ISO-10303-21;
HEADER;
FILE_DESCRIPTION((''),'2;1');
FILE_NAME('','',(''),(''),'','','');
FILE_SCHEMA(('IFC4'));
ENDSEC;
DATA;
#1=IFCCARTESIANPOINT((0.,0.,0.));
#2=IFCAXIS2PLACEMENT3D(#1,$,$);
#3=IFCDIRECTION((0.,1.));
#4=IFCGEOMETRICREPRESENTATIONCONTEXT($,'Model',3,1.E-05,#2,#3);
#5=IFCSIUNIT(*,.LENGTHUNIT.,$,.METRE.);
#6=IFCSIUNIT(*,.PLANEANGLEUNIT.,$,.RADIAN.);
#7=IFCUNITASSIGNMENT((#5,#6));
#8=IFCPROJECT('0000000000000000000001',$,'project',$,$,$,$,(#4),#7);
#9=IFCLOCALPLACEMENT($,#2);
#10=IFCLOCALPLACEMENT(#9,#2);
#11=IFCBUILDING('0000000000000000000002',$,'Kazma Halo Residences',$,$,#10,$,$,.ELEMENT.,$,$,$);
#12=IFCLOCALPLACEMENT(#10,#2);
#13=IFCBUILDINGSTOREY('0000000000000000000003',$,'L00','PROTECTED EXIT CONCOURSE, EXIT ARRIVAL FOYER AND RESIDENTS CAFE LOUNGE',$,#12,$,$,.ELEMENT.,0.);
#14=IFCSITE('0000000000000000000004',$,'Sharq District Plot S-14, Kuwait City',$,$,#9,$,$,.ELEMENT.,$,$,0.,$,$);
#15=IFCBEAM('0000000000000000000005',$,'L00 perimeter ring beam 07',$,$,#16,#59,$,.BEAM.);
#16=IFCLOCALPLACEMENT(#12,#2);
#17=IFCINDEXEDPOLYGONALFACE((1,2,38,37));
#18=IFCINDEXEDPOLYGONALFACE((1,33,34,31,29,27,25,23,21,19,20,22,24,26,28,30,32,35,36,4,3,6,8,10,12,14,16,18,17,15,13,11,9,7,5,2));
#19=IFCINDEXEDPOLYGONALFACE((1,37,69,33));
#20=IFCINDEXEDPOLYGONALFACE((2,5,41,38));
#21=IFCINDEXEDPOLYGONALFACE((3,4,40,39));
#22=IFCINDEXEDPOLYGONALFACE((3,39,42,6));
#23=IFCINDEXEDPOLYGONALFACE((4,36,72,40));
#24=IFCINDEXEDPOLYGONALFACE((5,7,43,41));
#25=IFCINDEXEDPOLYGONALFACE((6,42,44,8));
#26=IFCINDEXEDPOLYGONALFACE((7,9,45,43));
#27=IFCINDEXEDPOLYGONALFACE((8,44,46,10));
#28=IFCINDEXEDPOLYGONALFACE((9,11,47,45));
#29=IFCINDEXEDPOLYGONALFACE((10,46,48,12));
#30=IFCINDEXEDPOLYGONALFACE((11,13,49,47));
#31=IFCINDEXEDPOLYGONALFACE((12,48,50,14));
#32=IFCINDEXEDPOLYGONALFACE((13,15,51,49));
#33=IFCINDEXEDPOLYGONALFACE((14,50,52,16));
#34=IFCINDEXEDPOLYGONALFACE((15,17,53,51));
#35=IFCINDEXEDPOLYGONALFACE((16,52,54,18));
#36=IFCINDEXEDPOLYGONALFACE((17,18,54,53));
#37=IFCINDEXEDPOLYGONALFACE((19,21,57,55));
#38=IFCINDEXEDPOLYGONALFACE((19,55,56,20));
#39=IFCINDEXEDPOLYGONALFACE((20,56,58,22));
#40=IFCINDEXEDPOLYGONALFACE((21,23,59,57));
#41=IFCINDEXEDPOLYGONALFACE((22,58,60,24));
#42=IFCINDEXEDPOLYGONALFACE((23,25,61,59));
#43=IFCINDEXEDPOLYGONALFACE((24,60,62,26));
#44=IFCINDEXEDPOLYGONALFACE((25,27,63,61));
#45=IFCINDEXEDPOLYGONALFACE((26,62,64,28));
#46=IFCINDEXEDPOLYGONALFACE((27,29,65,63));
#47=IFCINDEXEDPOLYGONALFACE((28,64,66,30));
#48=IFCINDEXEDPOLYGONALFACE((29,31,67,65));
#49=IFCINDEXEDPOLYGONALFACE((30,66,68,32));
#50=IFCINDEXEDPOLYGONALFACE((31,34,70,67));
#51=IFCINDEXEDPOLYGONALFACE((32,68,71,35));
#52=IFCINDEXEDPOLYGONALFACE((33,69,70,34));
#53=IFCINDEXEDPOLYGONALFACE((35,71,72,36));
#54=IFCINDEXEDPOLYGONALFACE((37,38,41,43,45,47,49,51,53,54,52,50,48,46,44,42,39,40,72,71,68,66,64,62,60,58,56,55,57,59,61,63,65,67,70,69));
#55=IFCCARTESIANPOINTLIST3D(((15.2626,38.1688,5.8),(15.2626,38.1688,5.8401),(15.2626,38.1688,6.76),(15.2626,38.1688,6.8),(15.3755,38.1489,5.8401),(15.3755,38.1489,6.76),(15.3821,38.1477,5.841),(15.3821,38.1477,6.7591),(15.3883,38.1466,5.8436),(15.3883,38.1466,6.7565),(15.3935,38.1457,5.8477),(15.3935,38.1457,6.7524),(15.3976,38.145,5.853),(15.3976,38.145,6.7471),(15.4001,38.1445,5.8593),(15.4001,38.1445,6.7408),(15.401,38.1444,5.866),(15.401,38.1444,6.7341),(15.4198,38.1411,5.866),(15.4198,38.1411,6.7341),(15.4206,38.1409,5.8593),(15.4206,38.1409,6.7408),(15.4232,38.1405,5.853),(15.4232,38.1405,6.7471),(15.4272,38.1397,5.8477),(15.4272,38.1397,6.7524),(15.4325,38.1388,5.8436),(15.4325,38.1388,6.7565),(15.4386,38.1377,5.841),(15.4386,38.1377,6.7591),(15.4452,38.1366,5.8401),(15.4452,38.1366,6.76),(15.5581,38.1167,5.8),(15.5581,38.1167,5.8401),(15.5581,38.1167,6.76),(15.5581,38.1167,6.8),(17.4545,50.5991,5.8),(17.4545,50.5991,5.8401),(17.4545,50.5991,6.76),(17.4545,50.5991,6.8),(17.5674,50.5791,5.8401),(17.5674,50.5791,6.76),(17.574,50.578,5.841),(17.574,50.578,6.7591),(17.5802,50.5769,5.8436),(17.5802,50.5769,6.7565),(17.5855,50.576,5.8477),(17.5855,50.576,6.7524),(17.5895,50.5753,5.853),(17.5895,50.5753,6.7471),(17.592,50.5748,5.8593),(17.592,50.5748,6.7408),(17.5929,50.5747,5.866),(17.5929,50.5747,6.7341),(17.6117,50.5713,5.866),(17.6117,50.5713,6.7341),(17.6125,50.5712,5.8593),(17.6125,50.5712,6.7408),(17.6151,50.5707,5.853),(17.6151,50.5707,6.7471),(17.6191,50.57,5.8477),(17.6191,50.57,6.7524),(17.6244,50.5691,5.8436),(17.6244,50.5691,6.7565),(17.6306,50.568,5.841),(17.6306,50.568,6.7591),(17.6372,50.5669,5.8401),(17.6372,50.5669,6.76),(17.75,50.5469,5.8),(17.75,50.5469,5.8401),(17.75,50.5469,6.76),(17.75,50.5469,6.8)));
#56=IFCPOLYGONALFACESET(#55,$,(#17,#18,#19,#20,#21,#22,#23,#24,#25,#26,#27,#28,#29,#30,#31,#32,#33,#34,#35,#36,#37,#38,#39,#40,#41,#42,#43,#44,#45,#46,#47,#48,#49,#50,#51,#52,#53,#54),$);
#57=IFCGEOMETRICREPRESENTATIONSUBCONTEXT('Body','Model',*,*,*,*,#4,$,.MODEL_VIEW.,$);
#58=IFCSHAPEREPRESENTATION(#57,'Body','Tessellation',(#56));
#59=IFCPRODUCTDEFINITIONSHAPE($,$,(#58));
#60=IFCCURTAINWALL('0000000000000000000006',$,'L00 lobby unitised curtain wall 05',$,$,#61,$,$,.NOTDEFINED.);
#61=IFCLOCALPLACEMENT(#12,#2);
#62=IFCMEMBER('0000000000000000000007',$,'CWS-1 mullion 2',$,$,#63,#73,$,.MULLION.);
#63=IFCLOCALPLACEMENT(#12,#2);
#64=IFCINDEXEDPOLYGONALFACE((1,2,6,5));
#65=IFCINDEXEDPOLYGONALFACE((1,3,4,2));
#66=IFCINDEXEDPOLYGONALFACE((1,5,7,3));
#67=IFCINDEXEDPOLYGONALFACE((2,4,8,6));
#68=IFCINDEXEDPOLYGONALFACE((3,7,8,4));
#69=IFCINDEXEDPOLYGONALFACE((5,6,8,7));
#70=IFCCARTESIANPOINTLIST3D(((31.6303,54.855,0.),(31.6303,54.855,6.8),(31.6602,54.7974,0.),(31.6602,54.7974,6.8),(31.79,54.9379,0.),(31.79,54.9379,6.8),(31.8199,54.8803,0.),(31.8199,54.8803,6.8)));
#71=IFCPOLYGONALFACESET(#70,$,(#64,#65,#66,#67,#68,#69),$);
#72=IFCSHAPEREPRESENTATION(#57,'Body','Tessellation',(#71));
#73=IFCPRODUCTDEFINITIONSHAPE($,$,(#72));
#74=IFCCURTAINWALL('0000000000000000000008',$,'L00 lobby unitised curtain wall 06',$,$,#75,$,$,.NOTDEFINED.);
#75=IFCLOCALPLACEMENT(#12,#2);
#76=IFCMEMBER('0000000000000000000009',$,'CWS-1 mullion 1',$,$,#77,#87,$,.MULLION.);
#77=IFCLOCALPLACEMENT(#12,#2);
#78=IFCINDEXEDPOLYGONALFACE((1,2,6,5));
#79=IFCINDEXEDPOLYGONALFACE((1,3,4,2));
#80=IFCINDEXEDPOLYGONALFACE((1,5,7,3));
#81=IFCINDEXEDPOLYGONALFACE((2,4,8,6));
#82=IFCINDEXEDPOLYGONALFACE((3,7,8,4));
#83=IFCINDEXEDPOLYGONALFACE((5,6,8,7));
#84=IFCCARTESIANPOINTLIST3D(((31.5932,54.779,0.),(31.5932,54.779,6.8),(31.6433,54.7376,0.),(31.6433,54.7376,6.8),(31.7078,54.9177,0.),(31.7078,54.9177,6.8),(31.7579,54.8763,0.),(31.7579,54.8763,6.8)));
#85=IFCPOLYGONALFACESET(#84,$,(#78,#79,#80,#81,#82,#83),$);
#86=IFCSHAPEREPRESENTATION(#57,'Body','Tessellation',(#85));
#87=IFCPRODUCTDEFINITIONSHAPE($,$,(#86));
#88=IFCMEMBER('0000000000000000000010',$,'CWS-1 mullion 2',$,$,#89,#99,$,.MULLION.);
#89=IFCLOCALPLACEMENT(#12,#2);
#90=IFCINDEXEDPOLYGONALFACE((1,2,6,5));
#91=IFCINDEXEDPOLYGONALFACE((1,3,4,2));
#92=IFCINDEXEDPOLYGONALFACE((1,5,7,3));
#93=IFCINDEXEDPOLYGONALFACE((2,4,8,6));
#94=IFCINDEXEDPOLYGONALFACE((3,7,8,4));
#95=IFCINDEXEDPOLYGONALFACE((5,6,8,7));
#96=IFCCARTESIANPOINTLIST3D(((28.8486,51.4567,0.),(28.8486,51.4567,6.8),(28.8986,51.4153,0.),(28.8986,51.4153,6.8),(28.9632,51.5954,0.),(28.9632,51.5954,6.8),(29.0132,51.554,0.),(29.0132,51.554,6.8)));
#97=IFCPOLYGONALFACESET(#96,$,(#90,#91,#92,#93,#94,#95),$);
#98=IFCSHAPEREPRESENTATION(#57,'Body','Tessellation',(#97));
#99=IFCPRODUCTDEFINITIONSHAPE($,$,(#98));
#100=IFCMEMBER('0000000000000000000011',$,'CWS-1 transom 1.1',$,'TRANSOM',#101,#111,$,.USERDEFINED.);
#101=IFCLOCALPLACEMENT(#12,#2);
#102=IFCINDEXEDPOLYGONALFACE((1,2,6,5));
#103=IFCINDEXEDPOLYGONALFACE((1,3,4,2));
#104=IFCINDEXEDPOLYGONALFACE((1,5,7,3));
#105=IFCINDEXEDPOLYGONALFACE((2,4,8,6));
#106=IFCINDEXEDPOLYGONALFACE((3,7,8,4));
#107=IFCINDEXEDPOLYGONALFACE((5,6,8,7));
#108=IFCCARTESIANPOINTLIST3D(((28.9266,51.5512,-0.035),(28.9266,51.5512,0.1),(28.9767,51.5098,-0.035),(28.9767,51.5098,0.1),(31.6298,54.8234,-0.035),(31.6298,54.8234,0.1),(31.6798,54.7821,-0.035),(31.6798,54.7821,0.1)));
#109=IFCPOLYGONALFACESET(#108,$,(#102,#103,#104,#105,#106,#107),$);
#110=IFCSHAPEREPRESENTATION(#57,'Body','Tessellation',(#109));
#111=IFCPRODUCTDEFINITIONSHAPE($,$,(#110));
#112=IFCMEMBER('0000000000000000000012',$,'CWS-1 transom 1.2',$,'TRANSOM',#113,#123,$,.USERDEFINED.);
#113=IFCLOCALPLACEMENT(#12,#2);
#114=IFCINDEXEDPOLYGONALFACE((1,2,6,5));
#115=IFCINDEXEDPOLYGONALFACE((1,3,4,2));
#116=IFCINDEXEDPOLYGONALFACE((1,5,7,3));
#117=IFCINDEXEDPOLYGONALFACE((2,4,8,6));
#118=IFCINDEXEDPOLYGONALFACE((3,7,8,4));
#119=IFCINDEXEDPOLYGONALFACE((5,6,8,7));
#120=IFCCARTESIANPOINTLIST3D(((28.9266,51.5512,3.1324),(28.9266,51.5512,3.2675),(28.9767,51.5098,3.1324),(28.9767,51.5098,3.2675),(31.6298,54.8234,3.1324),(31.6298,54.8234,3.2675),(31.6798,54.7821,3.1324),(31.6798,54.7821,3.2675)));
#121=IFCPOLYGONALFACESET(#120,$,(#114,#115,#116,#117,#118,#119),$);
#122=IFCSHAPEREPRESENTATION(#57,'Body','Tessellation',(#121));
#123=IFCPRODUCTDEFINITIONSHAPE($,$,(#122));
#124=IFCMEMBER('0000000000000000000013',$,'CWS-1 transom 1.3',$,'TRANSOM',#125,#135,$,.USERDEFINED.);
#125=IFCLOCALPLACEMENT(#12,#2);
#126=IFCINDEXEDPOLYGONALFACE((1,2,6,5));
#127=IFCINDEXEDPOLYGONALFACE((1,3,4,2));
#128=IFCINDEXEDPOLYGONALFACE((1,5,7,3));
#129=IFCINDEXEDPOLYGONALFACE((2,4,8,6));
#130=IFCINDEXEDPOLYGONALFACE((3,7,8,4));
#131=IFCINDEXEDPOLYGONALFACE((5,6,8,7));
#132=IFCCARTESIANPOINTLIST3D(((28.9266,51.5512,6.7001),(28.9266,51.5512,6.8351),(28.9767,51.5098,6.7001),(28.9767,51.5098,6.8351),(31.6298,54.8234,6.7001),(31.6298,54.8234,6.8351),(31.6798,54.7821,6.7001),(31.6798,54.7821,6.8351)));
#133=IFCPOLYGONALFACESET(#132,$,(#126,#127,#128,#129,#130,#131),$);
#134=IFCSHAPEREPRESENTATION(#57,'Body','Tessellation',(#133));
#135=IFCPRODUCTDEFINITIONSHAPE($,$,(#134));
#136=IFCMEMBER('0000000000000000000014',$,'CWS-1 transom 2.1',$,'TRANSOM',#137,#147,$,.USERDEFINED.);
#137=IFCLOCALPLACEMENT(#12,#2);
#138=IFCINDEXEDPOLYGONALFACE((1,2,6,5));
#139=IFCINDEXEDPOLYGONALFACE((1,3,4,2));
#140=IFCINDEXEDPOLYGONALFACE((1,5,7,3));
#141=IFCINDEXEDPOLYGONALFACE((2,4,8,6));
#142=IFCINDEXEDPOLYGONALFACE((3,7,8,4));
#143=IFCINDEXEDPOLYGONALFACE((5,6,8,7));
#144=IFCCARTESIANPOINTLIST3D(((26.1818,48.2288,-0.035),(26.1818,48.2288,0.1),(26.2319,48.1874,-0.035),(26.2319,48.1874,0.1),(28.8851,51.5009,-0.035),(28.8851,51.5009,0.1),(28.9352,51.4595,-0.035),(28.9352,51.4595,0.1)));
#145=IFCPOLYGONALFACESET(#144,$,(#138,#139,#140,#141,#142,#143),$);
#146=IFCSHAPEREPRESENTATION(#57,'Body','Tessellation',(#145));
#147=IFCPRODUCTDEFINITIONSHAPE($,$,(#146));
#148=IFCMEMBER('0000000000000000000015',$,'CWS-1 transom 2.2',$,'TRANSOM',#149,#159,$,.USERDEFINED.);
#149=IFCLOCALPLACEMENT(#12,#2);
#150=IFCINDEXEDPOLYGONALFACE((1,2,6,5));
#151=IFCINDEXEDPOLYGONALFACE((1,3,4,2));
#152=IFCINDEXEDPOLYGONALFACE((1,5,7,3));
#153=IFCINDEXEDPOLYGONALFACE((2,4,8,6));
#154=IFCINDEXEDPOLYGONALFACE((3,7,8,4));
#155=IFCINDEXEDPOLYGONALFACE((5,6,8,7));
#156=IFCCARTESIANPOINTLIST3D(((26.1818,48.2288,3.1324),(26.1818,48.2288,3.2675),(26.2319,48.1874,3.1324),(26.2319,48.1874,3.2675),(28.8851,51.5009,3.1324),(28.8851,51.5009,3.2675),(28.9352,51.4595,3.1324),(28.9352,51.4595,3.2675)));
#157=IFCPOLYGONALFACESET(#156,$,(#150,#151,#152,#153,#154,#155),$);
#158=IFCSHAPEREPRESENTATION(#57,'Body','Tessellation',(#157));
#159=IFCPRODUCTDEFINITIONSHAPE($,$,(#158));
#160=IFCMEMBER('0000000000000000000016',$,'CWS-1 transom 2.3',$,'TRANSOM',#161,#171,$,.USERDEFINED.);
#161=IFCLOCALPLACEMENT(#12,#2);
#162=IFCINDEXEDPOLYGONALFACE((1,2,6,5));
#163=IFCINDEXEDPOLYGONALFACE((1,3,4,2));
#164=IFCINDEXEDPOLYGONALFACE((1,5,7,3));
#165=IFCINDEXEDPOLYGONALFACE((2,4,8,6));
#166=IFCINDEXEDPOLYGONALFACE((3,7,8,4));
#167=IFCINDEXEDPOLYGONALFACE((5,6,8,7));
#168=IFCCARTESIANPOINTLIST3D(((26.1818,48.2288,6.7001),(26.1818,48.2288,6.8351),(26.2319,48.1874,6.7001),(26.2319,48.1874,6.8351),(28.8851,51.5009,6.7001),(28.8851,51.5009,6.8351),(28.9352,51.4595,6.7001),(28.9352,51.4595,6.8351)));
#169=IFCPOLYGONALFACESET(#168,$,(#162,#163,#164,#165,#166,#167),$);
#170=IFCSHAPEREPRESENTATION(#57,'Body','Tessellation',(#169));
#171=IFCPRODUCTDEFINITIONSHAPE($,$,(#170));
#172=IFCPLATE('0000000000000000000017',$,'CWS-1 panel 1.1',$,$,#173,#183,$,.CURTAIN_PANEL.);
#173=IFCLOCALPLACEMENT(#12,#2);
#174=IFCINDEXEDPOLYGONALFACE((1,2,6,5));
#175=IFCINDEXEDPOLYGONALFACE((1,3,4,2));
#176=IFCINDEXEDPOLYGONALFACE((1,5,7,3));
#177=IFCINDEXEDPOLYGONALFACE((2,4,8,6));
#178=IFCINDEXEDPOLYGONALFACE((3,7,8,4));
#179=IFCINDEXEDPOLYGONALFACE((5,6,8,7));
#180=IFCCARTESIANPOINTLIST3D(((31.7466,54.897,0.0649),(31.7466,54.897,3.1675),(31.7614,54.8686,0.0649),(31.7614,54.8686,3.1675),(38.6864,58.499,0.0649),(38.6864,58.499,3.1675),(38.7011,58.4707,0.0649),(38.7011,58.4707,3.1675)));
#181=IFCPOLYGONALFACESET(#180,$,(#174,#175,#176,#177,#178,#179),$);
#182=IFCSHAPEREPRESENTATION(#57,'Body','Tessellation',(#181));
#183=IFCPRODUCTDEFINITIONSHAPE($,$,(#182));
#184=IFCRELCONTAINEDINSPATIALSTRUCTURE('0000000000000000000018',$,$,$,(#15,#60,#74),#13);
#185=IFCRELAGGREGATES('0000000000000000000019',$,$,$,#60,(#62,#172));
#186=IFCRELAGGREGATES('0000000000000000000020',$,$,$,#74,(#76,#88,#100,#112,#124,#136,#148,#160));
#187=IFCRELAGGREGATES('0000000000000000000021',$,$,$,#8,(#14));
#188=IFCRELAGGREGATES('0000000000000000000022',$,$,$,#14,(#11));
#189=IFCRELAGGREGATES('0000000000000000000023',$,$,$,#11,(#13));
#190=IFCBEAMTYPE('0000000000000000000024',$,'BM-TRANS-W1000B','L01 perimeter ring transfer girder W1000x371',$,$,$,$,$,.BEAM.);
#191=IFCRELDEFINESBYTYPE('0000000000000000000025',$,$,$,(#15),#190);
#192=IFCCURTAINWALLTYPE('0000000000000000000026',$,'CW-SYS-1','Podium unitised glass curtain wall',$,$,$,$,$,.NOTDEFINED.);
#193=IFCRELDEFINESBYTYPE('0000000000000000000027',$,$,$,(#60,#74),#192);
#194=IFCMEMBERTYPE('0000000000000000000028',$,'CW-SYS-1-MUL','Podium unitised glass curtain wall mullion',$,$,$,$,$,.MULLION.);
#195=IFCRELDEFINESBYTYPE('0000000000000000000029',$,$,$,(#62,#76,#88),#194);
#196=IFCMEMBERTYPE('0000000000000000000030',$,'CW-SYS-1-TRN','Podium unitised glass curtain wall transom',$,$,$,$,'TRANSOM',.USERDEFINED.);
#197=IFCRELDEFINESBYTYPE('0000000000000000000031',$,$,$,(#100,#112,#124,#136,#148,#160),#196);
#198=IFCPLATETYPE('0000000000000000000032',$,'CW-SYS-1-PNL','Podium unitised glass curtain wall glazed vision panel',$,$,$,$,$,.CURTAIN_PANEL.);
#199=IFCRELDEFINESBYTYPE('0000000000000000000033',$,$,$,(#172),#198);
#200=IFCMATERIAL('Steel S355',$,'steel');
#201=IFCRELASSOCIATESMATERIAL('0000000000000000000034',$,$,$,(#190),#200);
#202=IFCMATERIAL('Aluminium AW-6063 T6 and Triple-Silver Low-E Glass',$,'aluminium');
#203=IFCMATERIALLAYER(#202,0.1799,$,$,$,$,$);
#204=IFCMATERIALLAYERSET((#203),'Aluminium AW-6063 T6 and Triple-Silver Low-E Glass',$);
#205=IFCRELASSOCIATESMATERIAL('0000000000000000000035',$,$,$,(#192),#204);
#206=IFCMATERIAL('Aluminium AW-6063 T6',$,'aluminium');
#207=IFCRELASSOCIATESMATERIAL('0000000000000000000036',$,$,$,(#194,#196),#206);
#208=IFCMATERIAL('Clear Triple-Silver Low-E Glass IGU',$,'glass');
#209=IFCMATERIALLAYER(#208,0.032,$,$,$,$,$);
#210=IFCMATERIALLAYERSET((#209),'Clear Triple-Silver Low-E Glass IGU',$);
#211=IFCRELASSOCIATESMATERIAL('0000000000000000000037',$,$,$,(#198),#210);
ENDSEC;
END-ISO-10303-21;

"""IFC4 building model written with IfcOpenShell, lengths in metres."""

from ifc_helpers import new_model, si_unit, direction, frame, origin, origin_2d, place, context, subcontext, project, spatial, rectangle, i_section, extrude, material, layer, layer_set, material_profile, profile_set, type_object, element, aggregate, save


model = new_model("IFC4")

# Units and contexts
model_context = context("Model", 3, precision=1e-05, world=origin(), true_north=direction((0.0, 1.0)))
body_context = subcontext(model_context, "Body", "Model", "MODEL_VIEW")
ifc_project = project(units=[si_unit("LENGTHUNIT", "METRE"), si_unit("PLANEANGLEUNIT", "RADIAN")], contexts=[model_context])

# Site, building, storey
site_placement = place(None, origin())
site = spatial("IfcSite", under=ifc_project, at=site_placement, Name="Sharq District Plot S-14, Kuwait City", CompositionType="ELEMENT", RefElevation=0.0)
building_placement = place(site_placement, origin())
building = spatial("IfcBuilding", under=site, at=building_placement, Name="Kazma Halo Residences", CompositionType="ELEMENT")
storey_placement = place(building_placement, origin())
storey = spatial("IfcBuildingStorey", under=building, at=storey_placement, Name="L00", Description="PROTECTED EXIT CONCOURSE, EXIT ARRIVAL FOYER AND RESIDENTS CAFE LOUNGE", CompositionType="ELEMENT", Elevation=0.0)

# Beam
ifc_material_1 = material(Name="Steel S355", Category="steel")
ifc_material_profile_1 = material_profile(ifc_material_1, i_section(OverallWidth=0.3, OverallDepth=1.0, WebThickness=0.019, FlangeThickness=0.04, FilletRadius=0.0259, at=origin_2d()), Name="W1000x371")
ifc_profile_set_1 = profile_set([ifc_material_profile_1], Name="Steel S355")
beam_type_1 = type_object("IfcBeamType", Name="BM-TRANS-W1000B", Description="L01 perimeter ring transfer girder W1000x371", PredefinedType="BEAM", material=ifc_profile_set_1)
beam_1_placement = place(storey_placement, frame((17.6023, 50.573, 6.3), z_axis=(-0.173657, -0.984806, 0.0), x_axis=(0.984806, -0.173657, 0.0)))
element("IfcBeam", 1, at=beam_1_placement, inside=storey, type_object=beam_type_1, Name="L00 perimeter ring beam 07", PredefinedType="BEAM", context=body_context, shape_type="SweptSolid", body=[
    extrude(i_section(OverallWidth=0.3, OverallDepth=1.0, WebThickness=0.019, FlangeThickness=0.04, FilletRadius=0.0259, at=origin_2d()), origin(), (0.0, 0.0, 1.0), 12.6221),
])

# Curtain wall, member
ifc_material_2 = material(Name="Aluminium AW-6063 T6 and Triple-Silver Low-E Glass", Category="aluminium")
ifc_layer_1 = layer(ifc_material_2, 0.1799)
ifc_layer_set_1 = layer_set([ifc_layer_1], Name="Aluminium AW-6063 T6 and Triple-Silver Low-E Glass")
curtain_wall_type = type_object("IfcCurtainWallType", Name="CW-SYS-1", Description="Podium unitised glass curtain wall", PredefinedType="NOTDEFINED", material=ifc_layer_set_1)
curtain_wall_1_placement = place(storey_placement, origin())
curtain_wall_1 = element("IfcCurtainWall", 2, at=curtain_wall_1_placement, inside=storey, type_object=curtain_wall_type, Name="L00 lobby unitised curtain wall 05", PredefinedType="NOTDEFINED")
ifc_material_3 = material(Name="Aluminium AW-6063 T6", Category="aluminium")
ifc_material_profile_2 = material_profile(ifc_material_3, rectangle(XDim=0.0649, YDim=0.1799, at=origin_2d()), Name="CWM-65x180")
ifc_profile_set_2 = profile_set([ifc_material_profile_2], Name="Aluminium AW-6063 T6")
member_type_1 = type_object("IfcMemberType", Name="CW-SYS-1-MUL", Description="Podium unitised glass curtain wall mullion", PredefinedType="MULLION", material=ifc_profile_set_2)
member_1_placement = place(storey_placement, frame((31.7251, 54.8677, 0.0), z_axis=(0.0, 0.0, 1.0), x_axis=(0.460684, -0.887564, 0.0)))
member_1 = element("IfcMember", 3, at=member_1_placement, type_object=member_type_1, Name="CWS-1 mullion 2", PredefinedType="MULLION", context=body_context, shape_type="SweptSolid", body=[
    extrude(rectangle(XDim=0.0649, YDim=0.1799, at=origin_2d()), origin(), (0.0, 0.0, 1.0), 6.8),
])

# Curtain wall, members
curtain_wall_2_placement = place(storey_placement, origin())
curtain_wall_2 = element("IfcCurtainWall", 4, at=curtain_wall_2_placement, inside=storey, type_object=curtain_wall_type, Name="L00 lobby unitised curtain wall 06", PredefinedType="NOTDEFINED")
member_2_placement = place(storey_placement, frame((31.6755, 54.8276, 0.0), z_axis=(0.0, 0.0, 1.0), x_axis=(0.770944, -0.636903, 0.0)))
member_2 = element("IfcMember", 5, at=member_2_placement, type_object=member_type_1, Name="CWS-1 mullion 1", PredefinedType="MULLION", context=body_context, shape_type="SweptSolid", body=[
    extrude(rectangle(XDim=0.0649, YDim=0.1799, at=origin_2d()), origin(), (0.0, 0.0, 1.0), 6.8),
])
member_3_placement = place(storey_placement, frame((28.9309, 51.5054, 0.0), z_axis=(0.0, 0.0, 1.0), x_axis=(0.770944, -0.636903, 0.0)))
member_3 = element("IfcMember", 6, at=member_3_placement, type_object=member_type_1, Name="CWS-1 mullion 2", PredefinedType="MULLION", context=body_context, shape_type="SweptSolid", body=[
    extrude(rectangle(XDim=0.0649, YDim=0.1799, at=origin_2d()), origin(), (0.0, 0.0, 1.0), 6.8),
])
ifc_material_profile_3 = material_profile(ifc_material_3, rectangle(XDim=0.0649, YDim=0.135, at=origin_2d()), Name="CWT-65x135")
ifc_profile_set_3 = profile_set([ifc_material_profile_3], Name="Aluminium AW-6063 T6")
member_type_2 = type_object("IfcMemberType", Name="CW-SYS-1-TRN", Description="Podium unitised glass curtain wall transom", ElementType="TRANSOM", PredefinedType="USERDEFINED", material=ifc_profile_set_3)
member_4_placement = place(storey_placement, frame((31.6548, 54.8027, 0.0325), z_axis=(-0.63688, -0.770963, 0.0), x_axis=(0.770963, -0.63688, 0.0)))
member_4 = element("IfcMember", 7, at=member_4_placement, type_object=member_type_2, Name="CWS-1 transom 1.1", ObjectType="TRANSOM", PredefinedType="USERDEFINED", context=body_context, shape_type="SweptSolid", body=[
    extrude(rectangle(XDim=0.0649, YDim=0.135, at=origin_2d()), origin(), (0.0, 0.0, 1.0), 4.2444),
])
member_5_placement = place(storey_placement, frame((31.6548, 54.8027, 3.2), z_axis=(-0.63688, -0.770963, 0.0), x_axis=(0.770963, -0.63688, 0.0)))
member_5 = element("IfcMember", 8, at=member_5_placement, type_object=member_type_2, Name="CWS-1 transom 1.2", ObjectType="TRANSOM", PredefinedType="USERDEFINED", context=body_context, shape_type="SweptSolid", body=[
    extrude(rectangle(XDim=0.0649, YDim=0.135, at=origin_2d()), origin(), (0.0, 0.0, 1.0), 4.2444),
])
member_6_placement = place(storey_placement, frame((31.6548, 54.8027, 6.7676), z_axis=(-0.63688, -0.770963, 0.0), x_axis=(0.770963, -0.63688, 0.0)))
member_6 = element("IfcMember", 9, at=member_6_placement, type_object=member_type_2, Name="CWS-1 transom 1.3", ObjectType="TRANSOM", PredefinedType="USERDEFINED", context=body_context, shape_type="SweptSolid", body=[
    extrude(rectangle(XDim=0.0649, YDim=0.135, at=origin_2d()), origin(), (0.0, 0.0, 1.0), 4.2444),
])
member_7_placement = place(storey_placement, frame((28.9102, 51.4802, 0.0325), z_axis=(-0.636914, -0.770935, 0.0), x_axis=(0.770935, -0.636914, 0.0)))
member_7 = element("IfcMember", 10, at=member_7_placement, type_object=member_type_2, Name="CWS-1 transom 2.1", ObjectType="TRANSOM", PredefinedType="USERDEFINED", context=body_context, shape_type="SweptSolid", body=[
    extrude(rectangle(XDim=0.0649, YDim=0.135, at=origin_2d()), origin(), (0.0, 0.0, 1.0), 4.2444),
])
member_8_placement = place(storey_placement, frame((28.9102, 51.4802, 3.2), z_axis=(-0.636914, -0.770935, 0.0), x_axis=(0.770935, -0.636914, 0.0)))
member_8 = element("IfcMember", 11, at=member_8_placement, type_object=member_type_2, Name="CWS-1 transom 2.2", ObjectType="TRANSOM", PredefinedType="USERDEFINED", context=body_context, shape_type="SweptSolid", body=[
    extrude(rectangle(XDim=0.0649, YDim=0.135, at=origin_2d()), origin(), (0.0, 0.0, 1.0), 4.2444),
])
member_9_placement = place(storey_placement, frame((28.9102, 51.4802, 6.7676), z_axis=(-0.636914, -0.770935, 0.0), x_axis=(0.770935, -0.636914, 0.0)))
member_9 = element("IfcMember", 12, at=member_9_placement, type_object=member_type_2, Name="CWS-1 transom 2.3", ObjectType="TRANSOM", PredefinedType="USERDEFINED", context=body_context, shape_type="SweptSolid", body=[
    extrude(rectangle(XDim=0.0649, YDim=0.135, at=origin_2d()), origin(), (0.0, 0.0, 1.0), 4.2444),
])

# Plate
ifc_material_4 = material(Name="Clear Triple-Silver Low-E Glass IGU", Category="glass")
ifc_layer_2 = layer(ifc_material_4, 0.032)
ifc_layer_set_2 = layer_set([ifc_layer_2], Name="Clear Triple-Silver Low-E Glass IGU")
plate_type_1 = type_object("IfcPlateType", Name="CW-SYS-1-PNL", Description="Podium unitised glass curtain wall glazed vision panel", PredefinedType="CURTAIN_PANEL", material=ifc_layer_set_2)
plate_1_placement = place(storey_placement, frame((35.2239, 56.6838, 0.0649), z_axis=(0.0, 0.0, 1.0), x_axis=(-0.887564, -0.460684, 0.0)))
plate_1 = element("IfcPlate", 13, at=plate_1_placement, type_object=plate_type_1, Name="CWS-1 panel 1.1", PredefinedType="CURTAIN_PANEL", context=body_context, shape_type="SweptSolid", body=[
    extrude(rectangle(XDim=7.8188, YDim=0.032, at=origin_2d()), origin(), (0.0, 0.0, 1.0), 3.1025),
])
aggregate(curtain_wall_1, [member_1, plate_1])
aggregate(curtain_wall_2, [member_2, member_3, member_4, member_5, member_6, member_7, member_8, member_9])

save(model, "model.ifc")
